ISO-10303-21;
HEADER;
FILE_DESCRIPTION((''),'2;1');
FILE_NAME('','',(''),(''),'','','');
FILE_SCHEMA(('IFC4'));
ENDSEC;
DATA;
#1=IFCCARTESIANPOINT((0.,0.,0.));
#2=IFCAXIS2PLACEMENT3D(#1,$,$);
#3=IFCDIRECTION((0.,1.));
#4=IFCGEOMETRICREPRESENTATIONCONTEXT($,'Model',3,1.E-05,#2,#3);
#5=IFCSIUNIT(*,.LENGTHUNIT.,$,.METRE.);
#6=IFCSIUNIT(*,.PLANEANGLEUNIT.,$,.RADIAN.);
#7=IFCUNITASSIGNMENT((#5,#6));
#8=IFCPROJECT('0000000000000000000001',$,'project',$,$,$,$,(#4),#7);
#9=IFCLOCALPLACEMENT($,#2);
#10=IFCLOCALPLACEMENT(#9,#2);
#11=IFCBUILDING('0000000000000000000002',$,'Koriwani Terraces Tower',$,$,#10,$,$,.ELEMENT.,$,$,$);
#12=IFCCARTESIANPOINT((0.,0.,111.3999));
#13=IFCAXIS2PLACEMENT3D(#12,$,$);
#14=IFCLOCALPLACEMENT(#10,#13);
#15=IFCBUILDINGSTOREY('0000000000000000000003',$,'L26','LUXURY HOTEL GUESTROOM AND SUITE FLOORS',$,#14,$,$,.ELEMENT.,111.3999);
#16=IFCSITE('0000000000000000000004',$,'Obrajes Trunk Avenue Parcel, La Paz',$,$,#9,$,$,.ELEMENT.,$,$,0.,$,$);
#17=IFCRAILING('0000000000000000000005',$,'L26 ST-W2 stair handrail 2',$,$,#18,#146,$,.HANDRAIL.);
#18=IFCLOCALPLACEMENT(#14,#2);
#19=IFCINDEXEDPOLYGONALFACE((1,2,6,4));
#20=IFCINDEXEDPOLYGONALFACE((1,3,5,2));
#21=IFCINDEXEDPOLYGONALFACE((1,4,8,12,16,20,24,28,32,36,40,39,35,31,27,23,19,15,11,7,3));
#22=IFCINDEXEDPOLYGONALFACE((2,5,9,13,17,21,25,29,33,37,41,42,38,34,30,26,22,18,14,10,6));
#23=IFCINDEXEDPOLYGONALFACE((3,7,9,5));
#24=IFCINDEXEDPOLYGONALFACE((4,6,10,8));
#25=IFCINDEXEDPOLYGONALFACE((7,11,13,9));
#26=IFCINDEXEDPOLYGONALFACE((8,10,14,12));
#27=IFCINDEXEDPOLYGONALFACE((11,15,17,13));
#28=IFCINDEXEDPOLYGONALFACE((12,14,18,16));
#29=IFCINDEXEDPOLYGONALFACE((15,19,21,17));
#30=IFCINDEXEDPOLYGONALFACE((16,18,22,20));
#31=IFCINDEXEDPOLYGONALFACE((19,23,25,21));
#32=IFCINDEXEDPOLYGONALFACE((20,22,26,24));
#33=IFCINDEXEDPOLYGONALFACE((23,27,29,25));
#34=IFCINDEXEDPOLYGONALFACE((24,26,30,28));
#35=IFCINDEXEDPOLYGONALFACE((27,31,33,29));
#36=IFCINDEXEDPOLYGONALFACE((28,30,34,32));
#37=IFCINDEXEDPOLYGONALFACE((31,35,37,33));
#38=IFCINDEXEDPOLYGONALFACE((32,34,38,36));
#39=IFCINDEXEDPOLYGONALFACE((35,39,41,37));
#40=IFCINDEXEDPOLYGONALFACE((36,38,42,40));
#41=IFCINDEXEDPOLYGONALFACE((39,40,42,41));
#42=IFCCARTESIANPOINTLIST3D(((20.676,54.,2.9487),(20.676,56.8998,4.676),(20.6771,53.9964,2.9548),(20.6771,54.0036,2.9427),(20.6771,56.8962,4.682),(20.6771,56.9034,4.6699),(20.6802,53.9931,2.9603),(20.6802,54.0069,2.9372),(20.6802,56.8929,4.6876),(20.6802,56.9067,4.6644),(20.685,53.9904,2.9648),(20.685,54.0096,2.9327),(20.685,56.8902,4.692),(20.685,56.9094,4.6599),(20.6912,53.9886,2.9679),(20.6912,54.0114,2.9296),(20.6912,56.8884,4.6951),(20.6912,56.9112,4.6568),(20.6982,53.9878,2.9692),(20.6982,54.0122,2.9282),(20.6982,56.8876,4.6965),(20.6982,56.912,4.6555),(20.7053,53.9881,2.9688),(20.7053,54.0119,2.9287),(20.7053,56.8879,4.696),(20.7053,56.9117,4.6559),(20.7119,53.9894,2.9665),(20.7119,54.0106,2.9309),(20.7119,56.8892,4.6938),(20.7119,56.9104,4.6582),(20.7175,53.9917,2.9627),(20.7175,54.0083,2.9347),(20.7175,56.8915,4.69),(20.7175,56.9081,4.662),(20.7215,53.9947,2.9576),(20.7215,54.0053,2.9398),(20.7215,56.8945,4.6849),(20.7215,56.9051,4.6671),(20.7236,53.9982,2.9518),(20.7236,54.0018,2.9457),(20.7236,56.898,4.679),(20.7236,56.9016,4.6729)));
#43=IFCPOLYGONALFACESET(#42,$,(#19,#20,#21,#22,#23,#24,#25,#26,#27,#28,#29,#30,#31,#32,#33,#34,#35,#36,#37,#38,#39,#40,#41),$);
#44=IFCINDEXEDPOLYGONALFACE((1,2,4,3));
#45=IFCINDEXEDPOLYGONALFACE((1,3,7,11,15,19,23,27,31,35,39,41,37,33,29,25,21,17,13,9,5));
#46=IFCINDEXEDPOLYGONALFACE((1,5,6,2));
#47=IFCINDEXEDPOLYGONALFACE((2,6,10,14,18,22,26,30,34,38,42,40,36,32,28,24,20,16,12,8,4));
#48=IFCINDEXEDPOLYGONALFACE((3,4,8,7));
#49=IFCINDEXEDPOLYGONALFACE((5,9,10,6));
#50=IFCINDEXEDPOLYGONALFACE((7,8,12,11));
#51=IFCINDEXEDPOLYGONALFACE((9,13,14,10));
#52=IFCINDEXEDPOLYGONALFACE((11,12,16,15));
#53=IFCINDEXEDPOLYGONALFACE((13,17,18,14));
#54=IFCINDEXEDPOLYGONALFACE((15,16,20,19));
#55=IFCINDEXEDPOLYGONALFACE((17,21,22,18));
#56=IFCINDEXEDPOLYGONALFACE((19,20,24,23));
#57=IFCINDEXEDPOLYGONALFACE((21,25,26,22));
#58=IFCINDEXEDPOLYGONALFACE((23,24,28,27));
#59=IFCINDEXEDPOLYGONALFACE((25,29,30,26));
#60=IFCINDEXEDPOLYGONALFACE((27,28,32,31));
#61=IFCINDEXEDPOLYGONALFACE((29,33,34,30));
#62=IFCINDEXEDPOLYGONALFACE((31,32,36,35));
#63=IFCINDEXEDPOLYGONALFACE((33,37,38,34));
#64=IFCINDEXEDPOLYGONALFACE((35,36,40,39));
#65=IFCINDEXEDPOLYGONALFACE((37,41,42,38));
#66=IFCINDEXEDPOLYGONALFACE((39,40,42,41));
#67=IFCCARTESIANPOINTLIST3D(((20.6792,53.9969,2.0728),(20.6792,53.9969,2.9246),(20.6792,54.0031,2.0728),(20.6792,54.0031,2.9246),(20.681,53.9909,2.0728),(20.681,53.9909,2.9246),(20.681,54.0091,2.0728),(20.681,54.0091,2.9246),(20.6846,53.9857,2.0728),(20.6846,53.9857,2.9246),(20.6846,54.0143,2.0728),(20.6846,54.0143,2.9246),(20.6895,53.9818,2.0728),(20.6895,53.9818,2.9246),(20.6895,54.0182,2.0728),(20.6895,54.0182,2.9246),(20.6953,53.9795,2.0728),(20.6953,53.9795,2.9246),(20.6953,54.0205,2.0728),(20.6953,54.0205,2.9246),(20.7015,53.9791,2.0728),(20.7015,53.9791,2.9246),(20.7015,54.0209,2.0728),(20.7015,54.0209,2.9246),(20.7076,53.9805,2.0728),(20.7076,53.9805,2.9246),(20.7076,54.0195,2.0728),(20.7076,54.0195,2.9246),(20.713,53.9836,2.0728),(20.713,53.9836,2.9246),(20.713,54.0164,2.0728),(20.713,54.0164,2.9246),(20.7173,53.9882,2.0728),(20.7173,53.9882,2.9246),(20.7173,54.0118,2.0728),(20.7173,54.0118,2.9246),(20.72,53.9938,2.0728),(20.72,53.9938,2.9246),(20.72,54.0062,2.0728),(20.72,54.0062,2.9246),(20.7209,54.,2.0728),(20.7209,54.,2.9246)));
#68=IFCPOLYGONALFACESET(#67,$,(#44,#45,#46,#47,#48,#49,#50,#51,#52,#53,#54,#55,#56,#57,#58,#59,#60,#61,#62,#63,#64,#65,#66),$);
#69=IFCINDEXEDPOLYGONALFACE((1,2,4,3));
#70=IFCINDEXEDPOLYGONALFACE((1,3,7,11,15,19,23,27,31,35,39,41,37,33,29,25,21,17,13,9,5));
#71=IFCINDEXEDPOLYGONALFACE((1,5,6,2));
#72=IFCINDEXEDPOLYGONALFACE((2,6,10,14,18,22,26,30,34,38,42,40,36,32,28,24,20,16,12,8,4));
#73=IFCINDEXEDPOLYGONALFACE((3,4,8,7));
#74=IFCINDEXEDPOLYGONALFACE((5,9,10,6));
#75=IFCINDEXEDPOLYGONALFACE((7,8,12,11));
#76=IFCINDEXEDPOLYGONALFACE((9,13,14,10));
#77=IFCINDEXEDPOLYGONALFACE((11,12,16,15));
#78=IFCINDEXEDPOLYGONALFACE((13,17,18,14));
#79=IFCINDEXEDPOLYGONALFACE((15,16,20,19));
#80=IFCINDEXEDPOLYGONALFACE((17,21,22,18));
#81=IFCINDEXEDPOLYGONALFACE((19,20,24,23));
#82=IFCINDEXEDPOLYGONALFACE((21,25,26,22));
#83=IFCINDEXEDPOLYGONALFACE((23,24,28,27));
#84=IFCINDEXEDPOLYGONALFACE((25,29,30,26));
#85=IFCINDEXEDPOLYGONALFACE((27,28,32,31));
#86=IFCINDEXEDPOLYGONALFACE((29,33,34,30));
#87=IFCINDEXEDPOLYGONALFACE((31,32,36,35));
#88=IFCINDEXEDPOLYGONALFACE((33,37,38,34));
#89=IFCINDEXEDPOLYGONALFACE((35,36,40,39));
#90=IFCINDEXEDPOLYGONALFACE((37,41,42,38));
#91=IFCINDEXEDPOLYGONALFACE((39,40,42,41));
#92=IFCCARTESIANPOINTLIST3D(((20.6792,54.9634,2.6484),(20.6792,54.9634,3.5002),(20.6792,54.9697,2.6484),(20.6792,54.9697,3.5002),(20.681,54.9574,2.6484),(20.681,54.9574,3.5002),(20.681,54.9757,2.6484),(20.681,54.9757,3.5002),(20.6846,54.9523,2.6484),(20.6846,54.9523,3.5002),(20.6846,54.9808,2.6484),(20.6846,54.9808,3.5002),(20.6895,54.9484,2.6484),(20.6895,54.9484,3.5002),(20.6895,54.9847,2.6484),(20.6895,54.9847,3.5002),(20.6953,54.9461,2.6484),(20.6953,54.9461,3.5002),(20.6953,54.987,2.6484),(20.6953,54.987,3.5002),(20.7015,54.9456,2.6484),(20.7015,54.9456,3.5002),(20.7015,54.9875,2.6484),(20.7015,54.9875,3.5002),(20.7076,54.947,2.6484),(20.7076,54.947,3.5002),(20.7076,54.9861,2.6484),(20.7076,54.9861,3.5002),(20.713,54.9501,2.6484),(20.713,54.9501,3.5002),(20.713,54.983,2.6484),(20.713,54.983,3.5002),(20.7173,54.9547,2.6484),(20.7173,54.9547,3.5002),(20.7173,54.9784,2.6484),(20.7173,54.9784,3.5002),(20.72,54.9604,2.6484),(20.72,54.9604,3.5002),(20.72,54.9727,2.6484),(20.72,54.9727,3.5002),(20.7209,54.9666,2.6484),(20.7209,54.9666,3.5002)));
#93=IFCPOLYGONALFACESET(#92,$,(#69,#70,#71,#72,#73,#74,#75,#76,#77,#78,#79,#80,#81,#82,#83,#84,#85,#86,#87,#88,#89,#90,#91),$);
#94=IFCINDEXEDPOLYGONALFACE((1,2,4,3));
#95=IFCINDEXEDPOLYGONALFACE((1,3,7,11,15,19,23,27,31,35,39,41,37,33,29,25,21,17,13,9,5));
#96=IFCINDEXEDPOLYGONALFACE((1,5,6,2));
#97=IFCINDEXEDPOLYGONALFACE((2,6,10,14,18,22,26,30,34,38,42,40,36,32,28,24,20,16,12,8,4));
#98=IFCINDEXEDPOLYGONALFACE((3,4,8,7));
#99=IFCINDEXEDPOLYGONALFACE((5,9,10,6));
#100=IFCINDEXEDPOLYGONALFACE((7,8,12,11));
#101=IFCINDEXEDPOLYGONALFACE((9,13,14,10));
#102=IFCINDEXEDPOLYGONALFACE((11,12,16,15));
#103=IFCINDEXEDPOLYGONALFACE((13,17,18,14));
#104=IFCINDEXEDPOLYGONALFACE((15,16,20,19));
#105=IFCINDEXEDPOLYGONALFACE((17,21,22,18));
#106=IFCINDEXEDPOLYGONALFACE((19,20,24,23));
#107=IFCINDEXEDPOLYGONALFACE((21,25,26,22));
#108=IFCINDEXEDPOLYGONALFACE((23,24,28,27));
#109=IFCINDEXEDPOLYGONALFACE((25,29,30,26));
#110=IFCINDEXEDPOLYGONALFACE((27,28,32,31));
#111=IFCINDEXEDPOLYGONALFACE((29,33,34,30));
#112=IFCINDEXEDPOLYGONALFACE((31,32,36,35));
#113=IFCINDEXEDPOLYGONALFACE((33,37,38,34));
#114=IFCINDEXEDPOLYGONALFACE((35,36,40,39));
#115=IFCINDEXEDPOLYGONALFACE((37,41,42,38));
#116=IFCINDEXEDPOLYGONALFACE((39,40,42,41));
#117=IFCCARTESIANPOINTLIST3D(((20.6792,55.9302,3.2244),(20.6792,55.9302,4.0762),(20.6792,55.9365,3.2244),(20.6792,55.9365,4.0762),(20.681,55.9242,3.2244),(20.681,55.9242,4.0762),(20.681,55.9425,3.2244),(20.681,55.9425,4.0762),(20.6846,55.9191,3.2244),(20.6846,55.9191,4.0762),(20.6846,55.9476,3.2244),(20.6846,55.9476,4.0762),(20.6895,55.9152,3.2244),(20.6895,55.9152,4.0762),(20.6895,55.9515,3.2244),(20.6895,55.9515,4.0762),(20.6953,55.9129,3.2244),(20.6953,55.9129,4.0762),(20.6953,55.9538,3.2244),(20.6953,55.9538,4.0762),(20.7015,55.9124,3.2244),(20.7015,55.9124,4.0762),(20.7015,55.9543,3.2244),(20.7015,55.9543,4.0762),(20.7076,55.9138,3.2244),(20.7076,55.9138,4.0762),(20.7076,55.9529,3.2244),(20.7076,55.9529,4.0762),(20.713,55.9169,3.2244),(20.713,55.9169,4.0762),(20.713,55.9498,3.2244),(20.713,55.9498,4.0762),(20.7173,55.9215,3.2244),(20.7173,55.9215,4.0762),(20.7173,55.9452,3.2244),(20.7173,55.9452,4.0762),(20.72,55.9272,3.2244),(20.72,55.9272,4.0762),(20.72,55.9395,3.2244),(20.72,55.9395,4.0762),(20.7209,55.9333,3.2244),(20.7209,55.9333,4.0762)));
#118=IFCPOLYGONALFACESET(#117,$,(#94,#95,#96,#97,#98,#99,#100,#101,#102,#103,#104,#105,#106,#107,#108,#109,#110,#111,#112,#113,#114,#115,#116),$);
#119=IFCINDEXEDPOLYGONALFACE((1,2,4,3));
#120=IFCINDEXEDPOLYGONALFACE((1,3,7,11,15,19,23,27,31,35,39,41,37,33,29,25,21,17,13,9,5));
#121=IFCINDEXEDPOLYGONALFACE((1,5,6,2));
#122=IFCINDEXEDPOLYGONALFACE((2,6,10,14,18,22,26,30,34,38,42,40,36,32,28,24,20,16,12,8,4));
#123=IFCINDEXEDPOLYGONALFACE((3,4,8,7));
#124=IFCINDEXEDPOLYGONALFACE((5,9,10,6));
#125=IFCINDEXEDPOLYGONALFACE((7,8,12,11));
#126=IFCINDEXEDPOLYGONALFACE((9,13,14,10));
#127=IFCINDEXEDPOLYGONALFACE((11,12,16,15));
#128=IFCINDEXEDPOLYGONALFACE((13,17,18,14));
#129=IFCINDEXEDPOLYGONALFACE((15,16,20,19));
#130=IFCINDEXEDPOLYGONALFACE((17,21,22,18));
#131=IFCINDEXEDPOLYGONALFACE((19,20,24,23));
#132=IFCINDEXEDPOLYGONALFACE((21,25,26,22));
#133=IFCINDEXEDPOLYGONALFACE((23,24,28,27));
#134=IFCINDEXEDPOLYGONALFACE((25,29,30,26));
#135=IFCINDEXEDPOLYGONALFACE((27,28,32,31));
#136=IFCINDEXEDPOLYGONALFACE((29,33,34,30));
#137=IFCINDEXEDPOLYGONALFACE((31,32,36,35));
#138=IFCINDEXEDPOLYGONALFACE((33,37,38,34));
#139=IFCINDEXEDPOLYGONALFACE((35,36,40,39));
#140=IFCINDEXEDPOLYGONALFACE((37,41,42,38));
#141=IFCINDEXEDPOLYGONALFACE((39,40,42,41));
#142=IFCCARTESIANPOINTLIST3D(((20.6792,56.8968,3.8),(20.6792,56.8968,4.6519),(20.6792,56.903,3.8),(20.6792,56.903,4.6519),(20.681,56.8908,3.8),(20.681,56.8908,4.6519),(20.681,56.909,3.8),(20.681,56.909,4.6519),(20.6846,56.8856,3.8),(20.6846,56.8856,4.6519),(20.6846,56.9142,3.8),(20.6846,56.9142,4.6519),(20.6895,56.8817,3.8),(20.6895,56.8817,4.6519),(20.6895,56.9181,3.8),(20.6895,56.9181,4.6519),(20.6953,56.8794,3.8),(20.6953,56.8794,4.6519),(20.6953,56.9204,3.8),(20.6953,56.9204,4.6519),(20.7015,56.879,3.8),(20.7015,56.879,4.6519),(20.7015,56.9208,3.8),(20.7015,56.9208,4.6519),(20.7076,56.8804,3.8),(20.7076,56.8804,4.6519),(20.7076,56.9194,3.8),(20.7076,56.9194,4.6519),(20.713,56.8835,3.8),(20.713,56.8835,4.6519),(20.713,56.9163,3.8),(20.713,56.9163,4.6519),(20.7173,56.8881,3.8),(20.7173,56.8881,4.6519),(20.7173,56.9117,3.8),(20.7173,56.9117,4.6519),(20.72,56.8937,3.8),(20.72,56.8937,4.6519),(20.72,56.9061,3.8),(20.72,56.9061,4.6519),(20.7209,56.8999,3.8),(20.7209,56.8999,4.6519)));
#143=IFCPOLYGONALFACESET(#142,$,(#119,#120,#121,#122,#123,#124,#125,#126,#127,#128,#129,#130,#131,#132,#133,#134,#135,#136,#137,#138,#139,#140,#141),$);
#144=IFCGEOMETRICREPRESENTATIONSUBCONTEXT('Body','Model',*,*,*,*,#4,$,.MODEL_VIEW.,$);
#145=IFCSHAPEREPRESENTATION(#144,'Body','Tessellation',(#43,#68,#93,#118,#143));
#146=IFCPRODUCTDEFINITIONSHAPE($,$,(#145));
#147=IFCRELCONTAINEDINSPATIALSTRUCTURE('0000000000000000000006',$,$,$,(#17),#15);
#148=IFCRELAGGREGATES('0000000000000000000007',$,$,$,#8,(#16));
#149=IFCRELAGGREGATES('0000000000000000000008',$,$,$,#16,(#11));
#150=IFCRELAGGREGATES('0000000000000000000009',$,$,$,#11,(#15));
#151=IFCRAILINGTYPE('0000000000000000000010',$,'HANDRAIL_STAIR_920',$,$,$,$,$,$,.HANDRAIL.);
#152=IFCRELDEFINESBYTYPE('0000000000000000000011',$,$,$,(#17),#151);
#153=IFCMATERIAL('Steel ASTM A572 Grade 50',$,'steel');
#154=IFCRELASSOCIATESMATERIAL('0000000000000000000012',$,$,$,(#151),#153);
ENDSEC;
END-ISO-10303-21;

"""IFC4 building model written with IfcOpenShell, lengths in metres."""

from ifc_helpers import new_model, si_unit, direction, frame, origin, origin_2d, place, context, subcontext, project, spatial, circle, extrude, material, type_object, element, save


model = new_model("IFC4")

# Units and contexts
model_context = context("Model", 3, precision=1e-05, world=origin(), true_north=direction((0.0, 1.0)))
body_context = subcontext(model_context, "Body", "Model", "MODEL_VIEW")
ifc_project = project(units=[si_unit("LENGTHUNIT", "METRE"), si_unit("PLANEANGLEUNIT", "RADIAN")], contexts=[model_context])

# Site, building, storey
site_placement = place(None, origin())
site = spatial("IfcSite", under=ifc_project, at=site_placement, Name="Obrajes Trunk Avenue Parcel, La Paz", CompositionType="ELEMENT", RefElevation=0.0)
building_placement = place(site_placement, origin())
building = spatial("IfcBuilding", under=site, at=building_placement, Name="Koriwani Terraces Tower", CompositionType="ELEMENT")
storey_placement = place(building_placement, frame((0.0, 0.0, 111.3999)))
storey = spatial("IfcBuildingStorey", under=building, at=storey_placement, Name="L26", Description="LUXURY HOTEL GUESTROOM AND SUITE FLOORS", CompositionType="ELEMENT", Elevation=111.3999)

# Shared definitions
ifc_material_1 = material(Name="Steel ASTM A572 Grade 50", Category="steel")

# Railing
railing_type_1 = type_object("IfcRailingType", Name="HANDRAIL_STAIR_920", PredefinedType="HANDRAIL", material=ifc_material_1)
for number, where, name in (
    (1, (20.7, 54.0, 2.0728), "L26 ST-W2 stair handrail 2"),
):
    element("IfcRailing", number, at=place(storey_placement, frame(where)), inside=storey, type_object=railing_type_1, Name=name, PredefinedType="HANDRAIL", context=body_context, shape_type="SweptSolid", body=[
        extrude(circle(Radius=0.0239, at=origin_2d()), frame((0.0, 0.0, 0.876), z_axis=(0.0, 0.859141, 0.511738), x_axis=(-1.0, 0.0, 0.0)), (0.0, 0.0, 1.0), 3.3752),
        extrude(circle(Radius=0.021, at=origin_2d()), origin(), (0.0, 0.0, 1.0), 0.8518),
        extrude(circle(Radius=0.021, at=origin_2d()), frame((0.0, 0.9666, 0.5757)), (0.0, 0.0, 1.0), 0.8518),
        extrude(circle(Radius=0.021, at=origin_2d()), frame((0.0, 1.9333, 1.1516)), (0.0, 0.0, 1.0), 0.8518),
        extrude(circle(Radius=0.021, at=origin_2d()), frame((0.0, 2.8999, 1.7273)), (0.0, 0.0, 1.0), 0.8518),
    ])

save(model, "model.ifc")
